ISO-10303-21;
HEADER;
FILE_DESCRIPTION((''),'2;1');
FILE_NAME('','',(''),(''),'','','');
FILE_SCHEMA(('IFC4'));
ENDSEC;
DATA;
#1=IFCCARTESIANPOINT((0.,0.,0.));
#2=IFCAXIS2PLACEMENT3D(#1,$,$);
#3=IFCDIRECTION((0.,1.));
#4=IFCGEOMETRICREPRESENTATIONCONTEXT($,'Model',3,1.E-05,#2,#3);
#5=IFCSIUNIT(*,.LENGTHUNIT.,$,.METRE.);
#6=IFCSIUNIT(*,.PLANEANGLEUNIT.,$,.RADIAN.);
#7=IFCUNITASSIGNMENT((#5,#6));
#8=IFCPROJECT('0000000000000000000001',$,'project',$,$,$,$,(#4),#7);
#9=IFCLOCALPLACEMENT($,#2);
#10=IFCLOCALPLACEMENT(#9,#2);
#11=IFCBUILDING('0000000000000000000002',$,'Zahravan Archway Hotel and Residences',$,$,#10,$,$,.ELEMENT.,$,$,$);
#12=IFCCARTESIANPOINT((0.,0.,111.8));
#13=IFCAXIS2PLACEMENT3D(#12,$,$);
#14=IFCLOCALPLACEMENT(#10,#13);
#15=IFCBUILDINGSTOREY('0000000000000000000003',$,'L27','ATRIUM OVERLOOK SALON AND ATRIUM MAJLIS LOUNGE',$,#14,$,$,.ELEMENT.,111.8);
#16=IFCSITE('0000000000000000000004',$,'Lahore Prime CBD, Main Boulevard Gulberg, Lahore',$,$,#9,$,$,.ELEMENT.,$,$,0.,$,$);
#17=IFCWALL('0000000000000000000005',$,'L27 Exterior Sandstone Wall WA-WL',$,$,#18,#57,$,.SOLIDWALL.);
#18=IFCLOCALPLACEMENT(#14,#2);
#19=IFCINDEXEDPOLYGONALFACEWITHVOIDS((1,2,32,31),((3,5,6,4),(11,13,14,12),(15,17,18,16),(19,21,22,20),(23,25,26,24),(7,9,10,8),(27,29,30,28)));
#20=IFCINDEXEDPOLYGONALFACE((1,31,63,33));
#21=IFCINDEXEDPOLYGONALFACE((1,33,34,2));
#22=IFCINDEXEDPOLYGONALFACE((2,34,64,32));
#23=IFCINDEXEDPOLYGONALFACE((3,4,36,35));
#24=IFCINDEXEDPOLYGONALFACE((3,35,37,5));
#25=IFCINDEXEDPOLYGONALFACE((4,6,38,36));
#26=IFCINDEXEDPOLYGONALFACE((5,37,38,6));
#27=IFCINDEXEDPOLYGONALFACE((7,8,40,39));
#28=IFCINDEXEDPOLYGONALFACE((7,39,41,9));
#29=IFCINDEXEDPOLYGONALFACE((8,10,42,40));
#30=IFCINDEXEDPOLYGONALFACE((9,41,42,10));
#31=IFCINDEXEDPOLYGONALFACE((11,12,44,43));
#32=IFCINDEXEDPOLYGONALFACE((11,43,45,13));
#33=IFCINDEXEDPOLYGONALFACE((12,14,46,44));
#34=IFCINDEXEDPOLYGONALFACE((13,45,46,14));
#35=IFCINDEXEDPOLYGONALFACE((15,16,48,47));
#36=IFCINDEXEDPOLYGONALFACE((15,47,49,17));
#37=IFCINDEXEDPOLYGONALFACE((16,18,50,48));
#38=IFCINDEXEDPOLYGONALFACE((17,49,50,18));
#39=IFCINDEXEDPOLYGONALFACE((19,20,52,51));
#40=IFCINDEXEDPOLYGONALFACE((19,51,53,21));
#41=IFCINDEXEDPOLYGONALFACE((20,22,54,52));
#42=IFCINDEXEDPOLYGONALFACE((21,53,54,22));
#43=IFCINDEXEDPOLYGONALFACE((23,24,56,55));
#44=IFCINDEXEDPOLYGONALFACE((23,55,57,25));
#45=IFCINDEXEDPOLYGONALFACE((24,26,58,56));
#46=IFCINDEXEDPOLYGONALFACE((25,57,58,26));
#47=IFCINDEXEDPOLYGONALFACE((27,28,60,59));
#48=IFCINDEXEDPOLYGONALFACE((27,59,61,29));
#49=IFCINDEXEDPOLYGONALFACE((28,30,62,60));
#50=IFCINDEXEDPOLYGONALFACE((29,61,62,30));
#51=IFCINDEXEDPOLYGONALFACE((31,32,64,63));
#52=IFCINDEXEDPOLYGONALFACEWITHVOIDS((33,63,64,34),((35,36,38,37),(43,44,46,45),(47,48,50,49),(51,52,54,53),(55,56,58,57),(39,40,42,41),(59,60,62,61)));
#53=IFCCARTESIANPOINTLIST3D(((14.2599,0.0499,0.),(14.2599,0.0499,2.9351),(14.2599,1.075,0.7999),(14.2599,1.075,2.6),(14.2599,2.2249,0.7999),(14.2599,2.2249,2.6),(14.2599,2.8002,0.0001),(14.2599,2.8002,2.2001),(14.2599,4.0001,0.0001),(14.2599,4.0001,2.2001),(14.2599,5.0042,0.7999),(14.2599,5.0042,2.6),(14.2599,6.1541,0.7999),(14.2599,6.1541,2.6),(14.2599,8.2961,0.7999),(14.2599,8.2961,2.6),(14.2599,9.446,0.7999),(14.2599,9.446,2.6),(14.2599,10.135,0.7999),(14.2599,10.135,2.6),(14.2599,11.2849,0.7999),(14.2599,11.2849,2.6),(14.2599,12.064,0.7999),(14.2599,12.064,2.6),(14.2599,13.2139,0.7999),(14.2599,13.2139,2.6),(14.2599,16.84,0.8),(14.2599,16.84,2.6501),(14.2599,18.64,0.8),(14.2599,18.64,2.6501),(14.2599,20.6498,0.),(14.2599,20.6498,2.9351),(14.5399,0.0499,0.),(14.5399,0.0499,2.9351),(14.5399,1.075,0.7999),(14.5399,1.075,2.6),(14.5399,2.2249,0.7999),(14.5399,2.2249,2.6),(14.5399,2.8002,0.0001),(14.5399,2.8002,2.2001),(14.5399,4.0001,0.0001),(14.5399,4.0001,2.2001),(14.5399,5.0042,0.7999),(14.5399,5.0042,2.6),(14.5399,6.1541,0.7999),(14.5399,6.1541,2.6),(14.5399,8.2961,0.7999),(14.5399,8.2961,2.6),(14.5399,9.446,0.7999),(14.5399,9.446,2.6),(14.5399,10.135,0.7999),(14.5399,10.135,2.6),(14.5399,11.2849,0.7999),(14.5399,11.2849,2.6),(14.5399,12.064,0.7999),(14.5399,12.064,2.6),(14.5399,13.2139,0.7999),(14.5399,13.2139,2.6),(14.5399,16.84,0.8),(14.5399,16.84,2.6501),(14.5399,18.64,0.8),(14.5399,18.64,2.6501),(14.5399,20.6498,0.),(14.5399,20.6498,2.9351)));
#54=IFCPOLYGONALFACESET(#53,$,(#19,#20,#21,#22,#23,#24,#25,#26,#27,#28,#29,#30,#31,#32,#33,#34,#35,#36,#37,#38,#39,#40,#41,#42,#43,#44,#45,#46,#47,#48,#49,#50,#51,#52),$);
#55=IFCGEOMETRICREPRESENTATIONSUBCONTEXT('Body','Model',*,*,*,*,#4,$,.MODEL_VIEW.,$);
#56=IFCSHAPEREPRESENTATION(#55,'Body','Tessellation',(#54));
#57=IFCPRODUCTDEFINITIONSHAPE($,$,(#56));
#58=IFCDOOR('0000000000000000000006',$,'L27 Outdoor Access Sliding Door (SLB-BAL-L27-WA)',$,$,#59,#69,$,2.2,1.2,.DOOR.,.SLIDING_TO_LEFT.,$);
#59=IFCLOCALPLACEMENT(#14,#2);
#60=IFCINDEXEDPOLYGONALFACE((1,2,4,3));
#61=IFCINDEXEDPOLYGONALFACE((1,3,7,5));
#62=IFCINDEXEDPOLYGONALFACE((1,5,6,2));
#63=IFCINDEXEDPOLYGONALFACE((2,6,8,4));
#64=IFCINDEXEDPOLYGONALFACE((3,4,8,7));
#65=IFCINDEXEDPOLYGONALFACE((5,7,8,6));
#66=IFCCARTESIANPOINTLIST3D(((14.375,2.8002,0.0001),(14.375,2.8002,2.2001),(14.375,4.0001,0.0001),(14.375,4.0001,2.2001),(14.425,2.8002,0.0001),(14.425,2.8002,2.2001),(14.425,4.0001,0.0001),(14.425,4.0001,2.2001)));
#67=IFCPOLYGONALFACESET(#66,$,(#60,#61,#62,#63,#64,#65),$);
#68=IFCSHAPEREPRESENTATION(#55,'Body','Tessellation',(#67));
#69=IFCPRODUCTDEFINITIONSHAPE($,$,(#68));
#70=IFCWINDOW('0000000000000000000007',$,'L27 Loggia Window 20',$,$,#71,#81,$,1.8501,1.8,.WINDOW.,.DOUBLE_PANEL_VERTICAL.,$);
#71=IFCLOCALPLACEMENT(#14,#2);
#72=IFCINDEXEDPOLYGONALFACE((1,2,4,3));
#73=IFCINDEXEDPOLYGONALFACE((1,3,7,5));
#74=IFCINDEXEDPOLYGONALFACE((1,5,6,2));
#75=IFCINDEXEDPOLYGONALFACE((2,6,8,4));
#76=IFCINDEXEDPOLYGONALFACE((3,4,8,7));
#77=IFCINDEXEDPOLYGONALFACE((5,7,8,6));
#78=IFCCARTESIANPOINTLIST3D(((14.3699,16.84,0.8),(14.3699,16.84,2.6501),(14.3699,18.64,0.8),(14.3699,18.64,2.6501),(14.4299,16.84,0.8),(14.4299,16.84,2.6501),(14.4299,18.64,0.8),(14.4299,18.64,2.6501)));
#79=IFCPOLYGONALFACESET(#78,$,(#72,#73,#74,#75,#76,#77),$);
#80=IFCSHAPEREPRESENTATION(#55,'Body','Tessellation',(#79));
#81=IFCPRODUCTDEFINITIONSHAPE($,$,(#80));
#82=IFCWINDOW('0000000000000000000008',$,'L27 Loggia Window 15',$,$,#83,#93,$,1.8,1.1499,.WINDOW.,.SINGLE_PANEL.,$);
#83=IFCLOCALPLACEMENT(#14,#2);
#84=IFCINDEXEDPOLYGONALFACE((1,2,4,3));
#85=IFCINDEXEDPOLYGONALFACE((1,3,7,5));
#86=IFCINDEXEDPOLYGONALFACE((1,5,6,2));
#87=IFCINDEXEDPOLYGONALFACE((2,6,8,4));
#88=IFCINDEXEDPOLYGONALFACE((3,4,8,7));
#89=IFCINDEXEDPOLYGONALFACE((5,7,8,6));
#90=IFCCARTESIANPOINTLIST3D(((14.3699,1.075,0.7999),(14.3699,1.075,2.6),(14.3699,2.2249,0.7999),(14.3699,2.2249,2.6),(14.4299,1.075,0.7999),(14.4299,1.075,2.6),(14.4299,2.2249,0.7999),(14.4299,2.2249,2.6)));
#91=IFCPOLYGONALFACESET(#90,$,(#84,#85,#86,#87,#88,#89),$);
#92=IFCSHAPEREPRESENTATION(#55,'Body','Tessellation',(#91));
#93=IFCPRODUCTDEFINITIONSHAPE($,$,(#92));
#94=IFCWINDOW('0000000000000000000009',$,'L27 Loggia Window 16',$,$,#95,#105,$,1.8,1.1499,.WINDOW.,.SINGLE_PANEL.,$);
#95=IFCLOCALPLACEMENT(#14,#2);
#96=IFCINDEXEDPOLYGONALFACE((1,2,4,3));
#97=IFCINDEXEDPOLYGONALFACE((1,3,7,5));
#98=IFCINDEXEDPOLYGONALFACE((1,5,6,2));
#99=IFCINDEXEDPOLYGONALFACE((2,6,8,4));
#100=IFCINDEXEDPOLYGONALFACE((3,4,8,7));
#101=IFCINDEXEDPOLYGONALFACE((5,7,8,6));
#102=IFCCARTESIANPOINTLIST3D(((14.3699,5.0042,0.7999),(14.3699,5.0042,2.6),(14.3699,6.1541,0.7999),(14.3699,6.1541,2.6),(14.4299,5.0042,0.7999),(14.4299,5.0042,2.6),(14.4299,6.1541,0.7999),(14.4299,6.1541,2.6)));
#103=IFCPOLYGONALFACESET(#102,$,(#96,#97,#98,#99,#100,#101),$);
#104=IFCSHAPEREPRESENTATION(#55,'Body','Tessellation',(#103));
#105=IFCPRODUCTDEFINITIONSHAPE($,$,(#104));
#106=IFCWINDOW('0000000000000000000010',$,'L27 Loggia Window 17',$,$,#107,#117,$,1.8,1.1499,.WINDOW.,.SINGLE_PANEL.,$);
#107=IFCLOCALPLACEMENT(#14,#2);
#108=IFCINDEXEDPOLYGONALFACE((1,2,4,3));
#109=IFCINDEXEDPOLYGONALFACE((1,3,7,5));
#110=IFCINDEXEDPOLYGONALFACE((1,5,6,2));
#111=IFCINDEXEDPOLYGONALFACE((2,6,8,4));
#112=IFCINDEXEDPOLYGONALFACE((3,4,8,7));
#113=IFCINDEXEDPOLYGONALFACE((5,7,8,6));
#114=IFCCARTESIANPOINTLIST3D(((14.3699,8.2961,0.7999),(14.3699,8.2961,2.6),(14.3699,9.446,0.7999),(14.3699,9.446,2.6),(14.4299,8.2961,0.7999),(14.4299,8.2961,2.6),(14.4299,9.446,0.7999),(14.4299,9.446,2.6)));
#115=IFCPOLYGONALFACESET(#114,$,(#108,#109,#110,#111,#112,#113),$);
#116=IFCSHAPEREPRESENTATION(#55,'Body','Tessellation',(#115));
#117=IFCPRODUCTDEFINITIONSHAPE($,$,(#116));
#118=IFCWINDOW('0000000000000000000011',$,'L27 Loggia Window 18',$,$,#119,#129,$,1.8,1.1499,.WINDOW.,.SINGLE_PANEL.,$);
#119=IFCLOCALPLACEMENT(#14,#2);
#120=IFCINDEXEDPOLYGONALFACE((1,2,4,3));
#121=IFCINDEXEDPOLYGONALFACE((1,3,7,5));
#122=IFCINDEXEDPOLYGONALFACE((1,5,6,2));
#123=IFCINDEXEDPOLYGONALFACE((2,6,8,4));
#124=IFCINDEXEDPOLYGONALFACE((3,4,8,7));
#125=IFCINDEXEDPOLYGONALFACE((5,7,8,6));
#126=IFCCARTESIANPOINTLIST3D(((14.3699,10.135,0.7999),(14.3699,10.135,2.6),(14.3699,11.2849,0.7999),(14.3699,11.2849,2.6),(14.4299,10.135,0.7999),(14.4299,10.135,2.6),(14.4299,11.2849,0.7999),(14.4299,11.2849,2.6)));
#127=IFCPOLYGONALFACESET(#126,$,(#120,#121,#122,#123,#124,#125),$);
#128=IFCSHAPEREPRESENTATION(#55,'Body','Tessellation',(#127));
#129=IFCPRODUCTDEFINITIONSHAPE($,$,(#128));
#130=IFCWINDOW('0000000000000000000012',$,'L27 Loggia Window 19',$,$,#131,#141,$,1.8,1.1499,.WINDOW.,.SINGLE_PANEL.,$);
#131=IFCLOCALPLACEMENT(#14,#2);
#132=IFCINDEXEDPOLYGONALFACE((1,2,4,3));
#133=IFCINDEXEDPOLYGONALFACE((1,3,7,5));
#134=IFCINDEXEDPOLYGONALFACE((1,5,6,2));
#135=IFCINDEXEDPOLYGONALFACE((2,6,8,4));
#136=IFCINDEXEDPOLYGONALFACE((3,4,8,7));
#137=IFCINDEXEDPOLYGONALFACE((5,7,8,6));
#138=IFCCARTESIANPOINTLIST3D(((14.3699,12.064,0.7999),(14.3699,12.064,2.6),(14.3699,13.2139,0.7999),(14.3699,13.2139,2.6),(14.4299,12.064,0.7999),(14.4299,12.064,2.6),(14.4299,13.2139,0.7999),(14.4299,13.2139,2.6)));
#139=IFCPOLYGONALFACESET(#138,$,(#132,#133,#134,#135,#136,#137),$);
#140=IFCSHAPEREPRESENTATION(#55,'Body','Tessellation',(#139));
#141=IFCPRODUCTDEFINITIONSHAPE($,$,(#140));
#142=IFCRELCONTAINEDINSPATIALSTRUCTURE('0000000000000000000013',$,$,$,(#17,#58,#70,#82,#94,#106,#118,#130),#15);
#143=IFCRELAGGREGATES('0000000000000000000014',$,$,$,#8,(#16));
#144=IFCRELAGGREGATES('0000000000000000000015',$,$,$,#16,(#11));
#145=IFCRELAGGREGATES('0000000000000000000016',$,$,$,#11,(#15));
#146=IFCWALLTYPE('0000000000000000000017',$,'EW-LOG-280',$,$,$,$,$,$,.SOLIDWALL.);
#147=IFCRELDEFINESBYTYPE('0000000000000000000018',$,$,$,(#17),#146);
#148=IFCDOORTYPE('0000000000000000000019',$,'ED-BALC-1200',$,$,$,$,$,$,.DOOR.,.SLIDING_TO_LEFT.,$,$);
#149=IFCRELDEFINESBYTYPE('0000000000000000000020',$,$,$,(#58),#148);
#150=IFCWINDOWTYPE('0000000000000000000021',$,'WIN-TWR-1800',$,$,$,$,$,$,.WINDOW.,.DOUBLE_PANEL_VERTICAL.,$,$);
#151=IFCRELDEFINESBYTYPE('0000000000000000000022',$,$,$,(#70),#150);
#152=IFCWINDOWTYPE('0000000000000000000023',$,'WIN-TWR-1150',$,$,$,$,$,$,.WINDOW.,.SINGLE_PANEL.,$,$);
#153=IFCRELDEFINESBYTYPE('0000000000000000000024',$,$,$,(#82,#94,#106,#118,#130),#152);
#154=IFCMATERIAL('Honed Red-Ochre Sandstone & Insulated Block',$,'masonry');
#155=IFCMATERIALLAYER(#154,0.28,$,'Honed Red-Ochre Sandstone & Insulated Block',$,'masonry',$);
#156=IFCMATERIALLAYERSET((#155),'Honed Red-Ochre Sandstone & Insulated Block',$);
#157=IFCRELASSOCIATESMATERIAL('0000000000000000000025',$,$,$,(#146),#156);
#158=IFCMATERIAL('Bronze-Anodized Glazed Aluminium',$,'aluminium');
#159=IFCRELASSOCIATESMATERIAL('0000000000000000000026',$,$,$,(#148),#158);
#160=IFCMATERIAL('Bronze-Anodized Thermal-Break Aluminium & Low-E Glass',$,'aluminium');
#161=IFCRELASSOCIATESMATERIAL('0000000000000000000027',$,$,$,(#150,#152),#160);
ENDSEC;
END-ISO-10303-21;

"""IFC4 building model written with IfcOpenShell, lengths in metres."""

from ifc_helpers import new_model, si_unit, direction, frame, frame_2d, origin, place, context, subcontext, project, spatial, rectangle, extrude, source, transform, mapped, material, layer, layer_set, type_object, type_shapes, element, fill, save


model = new_model("IFC4")

# Units and contexts
model_context = context("Model", 3, precision=1e-05, world=origin(), true_north=direction((0.0, 1.0)))
body_context = subcontext(model_context, "Body", "Model", "MODEL_VIEW")
ifc_project = project(units=[si_unit("LENGTHUNIT", "METRE"), si_unit("PLANEANGLEUNIT", "RADIAN")], contexts=[model_context])

# Site, building, storey
site_placement = place(None, origin())
site = spatial("IfcSite", under=ifc_project, at=site_placement, Name="Lahore Prime CBD, Main Boulevard Gulberg, Lahore", CompositionType="ELEMENT", RefElevation=0.0)
building_placement = place(site_placement, origin())
building = spatial("IfcBuilding", under=site, at=building_placement, Name="Zahravan Archway Hotel and Residences", CompositionType="ELEMENT")
storey_placement = place(building_placement, frame((0.0, 0.0, 111.8)))
storey = spatial("IfcBuildingStorey", under=building, at=storey_placement, Name="L27", Description="ATRIUM OVERLOOK SALON AND ATRIUM MAJLIS LOUNGE", CompositionType="ELEMENT", Elevation=111.8)

# Wall, openings, door, windows
ifc_material_1 = material(Name="Honed Red-Ochre Sandstone & Insulated Block", Category="masonry")
ifc_layer = layer(ifc_material_1, 0.28, Name="Honed Red-Ochre Sandstone & Insulated Block", Category="masonry")
ifc_layer_set = layer_set([ifc_layer], Name="Honed Red-Ochre Sandstone & Insulated Block")
wall_type = type_object("IfcWallType", Name="EW-LOG-280", PredefinedType="SOLIDWALL", material=ifc_layer_set)
ifc_material_2 = material(Name="Bronze-Anodized Glazed Aluminium", Category="aluminium")
door_type = type_object("IfcDoorType", Name="ED-BALC-1200", OperationType="SLIDING_TO_LEFT", PredefinedType="DOOR", material=ifc_material_2)
shared_shape_1 = source(origin(), body_context, "Body", "SweptSolid", [
    extrude(rectangle(XDim=1.2, YDim=2.2, at=frame_2d((0.6001, 1.1001))), frame((0.0, 0.0249, 0.0), z_axis=(0.0, -1.0, 0.0), x_axis=(1.0, 0.0, 0.0)), (0.0, 0.0, 1.0), 0.05),
])
type_shapes(door_type, [shared_shape_1])
ifc_material_3 = material(Name="Bronze-Anodized Thermal-Break Aluminium & Low-E Glass", Category="aluminium")
window_type_1 = type_object("IfcWindowType", Name="WIN-TWR-1800", PartitioningType="DOUBLE_PANEL_VERTICAL", PredefinedType="WINDOW", material=ifc_material_3)
shared_shape_2 = source(origin(), body_context, "Body", "SweptSolid", [
    extrude(rectangle(XDim=1.8, YDim=1.8501, at=frame_2d((0.8999, 0.925))), frame((0.0, 0.03, 0.0), z_axis=(0.0, -1.0, 0.0), x_axis=(1.0, 0.0, 0.0)), (0.0, 0.0, 1.0), 0.0601),
])
type_shapes(window_type_1, [shared_shape_2])
wall_1_placement = place(storey_placement, frame((14.3999, 0.05, 0.0), z_axis=(0.0, 0.0, 1.0), x_axis=(0.0, 1.0, 0.0)))
wall_1 = element("IfcWall", 1, at=wall_1_placement, inside=storey, type_object=wall_type, Name="L27 Exterior Sandstone Wall WA-WL", PredefinedType="SOLIDWALL", context=body_context, shape_type="SweptSolid", body=[
    extrude(rectangle(XDim=20.5999, YDim=0.28, at=frame_2d((10.2998, 0.0))), origin(), (0.0, 0.0, 1.0), 2.9351),
])
opening_1_placement = place(wall_1_placement, frame((2.75, 0.0, 0.0)))
opening_1 = element("IfcOpeningElement", 2, at=opening_1_placement, cuts=wall_1, PredefinedType="OPENING", context=body_context, shape_type="SweptSolid", body=[
    extrude(rectangle(XDim=1.2, YDim=2.2, at=frame_2d((0.6001, 1.1001))), frame((0.0, 0.1499, 0.0), z_axis=(0.0, -1.0, 0.0), x_axis=(1.0, 0.0, 0.0)), (0.0, 0.0, 1.0), 0.3),
])
opening_2_placement = place(wall_1_placement, frame((1.0249, 0.0, 0.8)))
opening_2 = element("IfcOpeningElement", 3, at=opening_2_placement, cuts=wall_1, PredefinedType="OPENING", context=body_context, shape_type="SweptSolid", body=[
    extrude(rectangle(XDim=1.1499, YDim=1.8, at=frame_2d((0.575, 0.8999))), frame((0.0, 0.1499, 0.0), z_axis=(0.0, -1.0, 0.0), x_axis=(1.0, 0.0, 0.0)), (0.0, 0.0, 1.0), 0.3),
])
opening_3_placement = place(wall_1_placement, frame((4.9541, 0.0, 0.8)))
opening_3 = element("IfcOpeningElement", 4, at=opening_3_placement, cuts=wall_1, PredefinedType="OPENING", context=body_context, shape_type="SweptSolid", body=[
    extrude(rectangle(XDim=1.1499, YDim=1.8, at=frame_2d((0.575, 0.8999))), frame((0.0, 0.1499, 0.0), z_axis=(0.0, -1.0, 0.0), x_axis=(1.0, 0.0, 0.0)), (0.0, 0.0, 1.0), 0.3),
])
opening_4_placement = place(wall_1_placement, frame((8.2461, 0.0, 0.8)))
opening_4 = element("IfcOpeningElement", 5, at=opening_4_placement, cuts=wall_1, PredefinedType="OPENING", context=body_context, shape_type="SweptSolid", body=[
    extrude(rectangle(XDim=1.1499, YDim=1.8, at=frame_2d((0.575, 0.8999))), frame((0.0, 0.1499, 0.0), z_axis=(0.0, -1.0, 0.0), x_axis=(1.0, 0.0, 0.0)), (0.0, 0.0, 1.0), 0.3),
])
opening_5_placement = place(wall_1_placement, frame((10.085, 0.0, 0.8)))
opening_5 = element("IfcOpeningElement", 6, at=opening_5_placement, cuts=wall_1, PredefinedType="OPENING", context=body_context, shape_type="SweptSolid", body=[
    extrude(rectangle(XDim=1.1499, YDim=1.8, at=frame_2d((0.575, 0.8999))), frame((0.0, 0.1499, 0.0), z_axis=(0.0, -1.0, 0.0), x_axis=(1.0, 0.0, 0.0)), (0.0, 0.0, 1.0), 0.3),
])
opening_6_placement = place(wall_1_placement, frame((12.0139, 0.0, 0.8)))
opening_6 = element("IfcOpeningElement", 7, at=opening_6_placement, cuts=wall_1, PredefinedType="OPENING", context=body_context, shape_type="SweptSolid", body=[
    extrude(rectangle(XDim=1.1499, YDim=1.8, at=frame_2d((0.575, 0.8999))), frame((0.0, 0.1499, 0.0), z_axis=(0.0, -1.0, 0.0), x_axis=(1.0, 0.0, 0.0)), (0.0, 0.0, 1.0), 0.3),
])
opening_7_placement = place(wall_1_placement, frame((16.79, 0.0, 0.8)))
opening_7 = element("IfcOpeningElement", 8, at=opening_7_placement, cuts=wall_1, PredefinedType="OPENING", context=body_context, shape_type="SweptSolid", body=[
    extrude(rectangle(XDim=1.8, YDim=1.8501, at=frame_2d((0.8999, 0.925))), frame((0.0, 0.1499, 0.0), z_axis=(0.0, -1.0, 0.0), x_axis=(1.0, 0.0, 0.0)), (0.0, 0.0, 1.0), 0.3),
])
door_1_placement = place(opening_1_placement, origin())
door_1 = element("IfcDoor", 9, at=door_1_placement, inside=storey, type_object=door_type, Name="L27 Outdoor Access Sliding Door (SLB-BAL-L27-WA)", OperationType="SLIDING_TO_LEFT", OverallHeight=2.2, OverallWidth=1.2, PredefinedType="DOOR", context=body_context, shape_type="MappedRepresentation", body=[
    mapped(shared_shape_1, transform((0.0, 0.0, 0.0), scale=1.0)),
])
fill(opening_1, door_1)
window_1_placement = place(opening_7_placement, origin())
window_1 = element("IfcWindow", 10, at=window_1_placement, inside=storey, type_object=window_type_1, Name="L27 Loggia Window 20", OverallHeight=1.8501, OverallWidth=1.8, PartitioningType="DOUBLE_PANEL_VERTICAL", PredefinedType="WINDOW", context=body_context, shape_type="MappedRepresentation", body=[
    mapped(shared_shape_2, transform((0.0, 0.0, 0.0), scale=1.0)),
])
fill(opening_7, window_1)
window_type_2 = type_object("IfcWindowType", Name="WIN-TWR-1150", PartitioningType="SINGLE_PANEL", PredefinedType="WINDOW", material=ifc_material_3)
shared_shape_3 = source(origin(), body_context, "Body", "SweptSolid", [
    extrude(rectangle(XDim=1.1499, YDim=1.8, at=frame_2d((0.575, 0.8999))), frame((0.0, 0.03, 0.0), z_axis=(0.0, -1.0, 0.0), x_axis=(1.0, 0.0, 0.0)), (0.0, 0.0, 1.0), 0.0601),
])
type_shapes(window_type_2, [shared_shape_3])
window_2_placement = place(opening_2_placement, origin())
window_2 = element("IfcWindow", 11, at=window_2_placement, inside=storey, type_object=window_type_2, Name="L27 Loggia Window 15", OverallHeight=1.8, OverallWidth=1.1499, PartitioningType="SINGLE_PANEL", PredefinedType="WINDOW", context=body_context, shape_type="MappedRepresentation", body=[
    mapped(shared_shape_3, transform((0.0, 0.0, 0.0), scale=1.0)),
])
fill(opening_2, window_2)
window_3_placement = place(opening_3_placement, origin())
window_3 = element("IfcWindow", 12, at=window_3_placement, inside=storey, type_object=window_type_2, Name="L27 Loggia Window 16", OverallHeight=1.8, OverallWidth=1.1499, PartitioningType="SINGLE_PANEL", PredefinedType="WINDOW", context=body_context, shape_type="MappedRepresentation", body=[
    mapped(shared_shape_3, transform((0.0, 0.0, 0.0), scale=1.0)),
])
fill(opening_3, window_3)
window_4_placement = place(opening_4_placement, origin())
window_4 = element("IfcWindow", 13, at=window_4_placement, inside=storey, type_object=window_type_2, Name="L27 Loggia Window 17", OverallHeight=1.8, OverallWidth=1.1499, PartitioningType="SINGLE_PANEL", PredefinedType="WINDOW", context=body_context, shape_type="MappedRepresentation", body=[
    mapped(shared_shape_3, transform((0.0, 0.0, 0.0), scale=1.0)),
])
fill(opening_4, window_4)
window_5_placement = place(opening_5_placement, origin())
window_5 = element("IfcWindow", 14, at=window_5_placement, inside=storey, type_object=window_type_2, Name="L27 Loggia Window 18", OverallHeight=1.8, OverallWidth=1.1499, PartitioningType="SINGLE_PANEL", PredefinedType="WINDOW", context=body_context, shape_type="MappedRepresentation", body=[
    mapped(shared_shape_3, transform((0.0, 0.0, 0.0), scale=1.0)),
])
fill(opening_5, window_5)
window_6_placement = place(opening_6_placement, origin())
window_6 = element("IfcWindow", 15, at=window_6_placement, inside=storey, type_object=window_type_2, Name="L27 Loggia Window 19", OverallHeight=1.8, OverallWidth=1.1499, PartitioningType="SINGLE_PANEL", PredefinedType="WINDOW", context=body_context, shape_type="MappedRepresentation", body=[
    mapped(shared_shape_3, transform((0.0, 0.0, 0.0), scale=1.0)),
])
fill(opening_6, window_6)

save(model, "model.ifc")
